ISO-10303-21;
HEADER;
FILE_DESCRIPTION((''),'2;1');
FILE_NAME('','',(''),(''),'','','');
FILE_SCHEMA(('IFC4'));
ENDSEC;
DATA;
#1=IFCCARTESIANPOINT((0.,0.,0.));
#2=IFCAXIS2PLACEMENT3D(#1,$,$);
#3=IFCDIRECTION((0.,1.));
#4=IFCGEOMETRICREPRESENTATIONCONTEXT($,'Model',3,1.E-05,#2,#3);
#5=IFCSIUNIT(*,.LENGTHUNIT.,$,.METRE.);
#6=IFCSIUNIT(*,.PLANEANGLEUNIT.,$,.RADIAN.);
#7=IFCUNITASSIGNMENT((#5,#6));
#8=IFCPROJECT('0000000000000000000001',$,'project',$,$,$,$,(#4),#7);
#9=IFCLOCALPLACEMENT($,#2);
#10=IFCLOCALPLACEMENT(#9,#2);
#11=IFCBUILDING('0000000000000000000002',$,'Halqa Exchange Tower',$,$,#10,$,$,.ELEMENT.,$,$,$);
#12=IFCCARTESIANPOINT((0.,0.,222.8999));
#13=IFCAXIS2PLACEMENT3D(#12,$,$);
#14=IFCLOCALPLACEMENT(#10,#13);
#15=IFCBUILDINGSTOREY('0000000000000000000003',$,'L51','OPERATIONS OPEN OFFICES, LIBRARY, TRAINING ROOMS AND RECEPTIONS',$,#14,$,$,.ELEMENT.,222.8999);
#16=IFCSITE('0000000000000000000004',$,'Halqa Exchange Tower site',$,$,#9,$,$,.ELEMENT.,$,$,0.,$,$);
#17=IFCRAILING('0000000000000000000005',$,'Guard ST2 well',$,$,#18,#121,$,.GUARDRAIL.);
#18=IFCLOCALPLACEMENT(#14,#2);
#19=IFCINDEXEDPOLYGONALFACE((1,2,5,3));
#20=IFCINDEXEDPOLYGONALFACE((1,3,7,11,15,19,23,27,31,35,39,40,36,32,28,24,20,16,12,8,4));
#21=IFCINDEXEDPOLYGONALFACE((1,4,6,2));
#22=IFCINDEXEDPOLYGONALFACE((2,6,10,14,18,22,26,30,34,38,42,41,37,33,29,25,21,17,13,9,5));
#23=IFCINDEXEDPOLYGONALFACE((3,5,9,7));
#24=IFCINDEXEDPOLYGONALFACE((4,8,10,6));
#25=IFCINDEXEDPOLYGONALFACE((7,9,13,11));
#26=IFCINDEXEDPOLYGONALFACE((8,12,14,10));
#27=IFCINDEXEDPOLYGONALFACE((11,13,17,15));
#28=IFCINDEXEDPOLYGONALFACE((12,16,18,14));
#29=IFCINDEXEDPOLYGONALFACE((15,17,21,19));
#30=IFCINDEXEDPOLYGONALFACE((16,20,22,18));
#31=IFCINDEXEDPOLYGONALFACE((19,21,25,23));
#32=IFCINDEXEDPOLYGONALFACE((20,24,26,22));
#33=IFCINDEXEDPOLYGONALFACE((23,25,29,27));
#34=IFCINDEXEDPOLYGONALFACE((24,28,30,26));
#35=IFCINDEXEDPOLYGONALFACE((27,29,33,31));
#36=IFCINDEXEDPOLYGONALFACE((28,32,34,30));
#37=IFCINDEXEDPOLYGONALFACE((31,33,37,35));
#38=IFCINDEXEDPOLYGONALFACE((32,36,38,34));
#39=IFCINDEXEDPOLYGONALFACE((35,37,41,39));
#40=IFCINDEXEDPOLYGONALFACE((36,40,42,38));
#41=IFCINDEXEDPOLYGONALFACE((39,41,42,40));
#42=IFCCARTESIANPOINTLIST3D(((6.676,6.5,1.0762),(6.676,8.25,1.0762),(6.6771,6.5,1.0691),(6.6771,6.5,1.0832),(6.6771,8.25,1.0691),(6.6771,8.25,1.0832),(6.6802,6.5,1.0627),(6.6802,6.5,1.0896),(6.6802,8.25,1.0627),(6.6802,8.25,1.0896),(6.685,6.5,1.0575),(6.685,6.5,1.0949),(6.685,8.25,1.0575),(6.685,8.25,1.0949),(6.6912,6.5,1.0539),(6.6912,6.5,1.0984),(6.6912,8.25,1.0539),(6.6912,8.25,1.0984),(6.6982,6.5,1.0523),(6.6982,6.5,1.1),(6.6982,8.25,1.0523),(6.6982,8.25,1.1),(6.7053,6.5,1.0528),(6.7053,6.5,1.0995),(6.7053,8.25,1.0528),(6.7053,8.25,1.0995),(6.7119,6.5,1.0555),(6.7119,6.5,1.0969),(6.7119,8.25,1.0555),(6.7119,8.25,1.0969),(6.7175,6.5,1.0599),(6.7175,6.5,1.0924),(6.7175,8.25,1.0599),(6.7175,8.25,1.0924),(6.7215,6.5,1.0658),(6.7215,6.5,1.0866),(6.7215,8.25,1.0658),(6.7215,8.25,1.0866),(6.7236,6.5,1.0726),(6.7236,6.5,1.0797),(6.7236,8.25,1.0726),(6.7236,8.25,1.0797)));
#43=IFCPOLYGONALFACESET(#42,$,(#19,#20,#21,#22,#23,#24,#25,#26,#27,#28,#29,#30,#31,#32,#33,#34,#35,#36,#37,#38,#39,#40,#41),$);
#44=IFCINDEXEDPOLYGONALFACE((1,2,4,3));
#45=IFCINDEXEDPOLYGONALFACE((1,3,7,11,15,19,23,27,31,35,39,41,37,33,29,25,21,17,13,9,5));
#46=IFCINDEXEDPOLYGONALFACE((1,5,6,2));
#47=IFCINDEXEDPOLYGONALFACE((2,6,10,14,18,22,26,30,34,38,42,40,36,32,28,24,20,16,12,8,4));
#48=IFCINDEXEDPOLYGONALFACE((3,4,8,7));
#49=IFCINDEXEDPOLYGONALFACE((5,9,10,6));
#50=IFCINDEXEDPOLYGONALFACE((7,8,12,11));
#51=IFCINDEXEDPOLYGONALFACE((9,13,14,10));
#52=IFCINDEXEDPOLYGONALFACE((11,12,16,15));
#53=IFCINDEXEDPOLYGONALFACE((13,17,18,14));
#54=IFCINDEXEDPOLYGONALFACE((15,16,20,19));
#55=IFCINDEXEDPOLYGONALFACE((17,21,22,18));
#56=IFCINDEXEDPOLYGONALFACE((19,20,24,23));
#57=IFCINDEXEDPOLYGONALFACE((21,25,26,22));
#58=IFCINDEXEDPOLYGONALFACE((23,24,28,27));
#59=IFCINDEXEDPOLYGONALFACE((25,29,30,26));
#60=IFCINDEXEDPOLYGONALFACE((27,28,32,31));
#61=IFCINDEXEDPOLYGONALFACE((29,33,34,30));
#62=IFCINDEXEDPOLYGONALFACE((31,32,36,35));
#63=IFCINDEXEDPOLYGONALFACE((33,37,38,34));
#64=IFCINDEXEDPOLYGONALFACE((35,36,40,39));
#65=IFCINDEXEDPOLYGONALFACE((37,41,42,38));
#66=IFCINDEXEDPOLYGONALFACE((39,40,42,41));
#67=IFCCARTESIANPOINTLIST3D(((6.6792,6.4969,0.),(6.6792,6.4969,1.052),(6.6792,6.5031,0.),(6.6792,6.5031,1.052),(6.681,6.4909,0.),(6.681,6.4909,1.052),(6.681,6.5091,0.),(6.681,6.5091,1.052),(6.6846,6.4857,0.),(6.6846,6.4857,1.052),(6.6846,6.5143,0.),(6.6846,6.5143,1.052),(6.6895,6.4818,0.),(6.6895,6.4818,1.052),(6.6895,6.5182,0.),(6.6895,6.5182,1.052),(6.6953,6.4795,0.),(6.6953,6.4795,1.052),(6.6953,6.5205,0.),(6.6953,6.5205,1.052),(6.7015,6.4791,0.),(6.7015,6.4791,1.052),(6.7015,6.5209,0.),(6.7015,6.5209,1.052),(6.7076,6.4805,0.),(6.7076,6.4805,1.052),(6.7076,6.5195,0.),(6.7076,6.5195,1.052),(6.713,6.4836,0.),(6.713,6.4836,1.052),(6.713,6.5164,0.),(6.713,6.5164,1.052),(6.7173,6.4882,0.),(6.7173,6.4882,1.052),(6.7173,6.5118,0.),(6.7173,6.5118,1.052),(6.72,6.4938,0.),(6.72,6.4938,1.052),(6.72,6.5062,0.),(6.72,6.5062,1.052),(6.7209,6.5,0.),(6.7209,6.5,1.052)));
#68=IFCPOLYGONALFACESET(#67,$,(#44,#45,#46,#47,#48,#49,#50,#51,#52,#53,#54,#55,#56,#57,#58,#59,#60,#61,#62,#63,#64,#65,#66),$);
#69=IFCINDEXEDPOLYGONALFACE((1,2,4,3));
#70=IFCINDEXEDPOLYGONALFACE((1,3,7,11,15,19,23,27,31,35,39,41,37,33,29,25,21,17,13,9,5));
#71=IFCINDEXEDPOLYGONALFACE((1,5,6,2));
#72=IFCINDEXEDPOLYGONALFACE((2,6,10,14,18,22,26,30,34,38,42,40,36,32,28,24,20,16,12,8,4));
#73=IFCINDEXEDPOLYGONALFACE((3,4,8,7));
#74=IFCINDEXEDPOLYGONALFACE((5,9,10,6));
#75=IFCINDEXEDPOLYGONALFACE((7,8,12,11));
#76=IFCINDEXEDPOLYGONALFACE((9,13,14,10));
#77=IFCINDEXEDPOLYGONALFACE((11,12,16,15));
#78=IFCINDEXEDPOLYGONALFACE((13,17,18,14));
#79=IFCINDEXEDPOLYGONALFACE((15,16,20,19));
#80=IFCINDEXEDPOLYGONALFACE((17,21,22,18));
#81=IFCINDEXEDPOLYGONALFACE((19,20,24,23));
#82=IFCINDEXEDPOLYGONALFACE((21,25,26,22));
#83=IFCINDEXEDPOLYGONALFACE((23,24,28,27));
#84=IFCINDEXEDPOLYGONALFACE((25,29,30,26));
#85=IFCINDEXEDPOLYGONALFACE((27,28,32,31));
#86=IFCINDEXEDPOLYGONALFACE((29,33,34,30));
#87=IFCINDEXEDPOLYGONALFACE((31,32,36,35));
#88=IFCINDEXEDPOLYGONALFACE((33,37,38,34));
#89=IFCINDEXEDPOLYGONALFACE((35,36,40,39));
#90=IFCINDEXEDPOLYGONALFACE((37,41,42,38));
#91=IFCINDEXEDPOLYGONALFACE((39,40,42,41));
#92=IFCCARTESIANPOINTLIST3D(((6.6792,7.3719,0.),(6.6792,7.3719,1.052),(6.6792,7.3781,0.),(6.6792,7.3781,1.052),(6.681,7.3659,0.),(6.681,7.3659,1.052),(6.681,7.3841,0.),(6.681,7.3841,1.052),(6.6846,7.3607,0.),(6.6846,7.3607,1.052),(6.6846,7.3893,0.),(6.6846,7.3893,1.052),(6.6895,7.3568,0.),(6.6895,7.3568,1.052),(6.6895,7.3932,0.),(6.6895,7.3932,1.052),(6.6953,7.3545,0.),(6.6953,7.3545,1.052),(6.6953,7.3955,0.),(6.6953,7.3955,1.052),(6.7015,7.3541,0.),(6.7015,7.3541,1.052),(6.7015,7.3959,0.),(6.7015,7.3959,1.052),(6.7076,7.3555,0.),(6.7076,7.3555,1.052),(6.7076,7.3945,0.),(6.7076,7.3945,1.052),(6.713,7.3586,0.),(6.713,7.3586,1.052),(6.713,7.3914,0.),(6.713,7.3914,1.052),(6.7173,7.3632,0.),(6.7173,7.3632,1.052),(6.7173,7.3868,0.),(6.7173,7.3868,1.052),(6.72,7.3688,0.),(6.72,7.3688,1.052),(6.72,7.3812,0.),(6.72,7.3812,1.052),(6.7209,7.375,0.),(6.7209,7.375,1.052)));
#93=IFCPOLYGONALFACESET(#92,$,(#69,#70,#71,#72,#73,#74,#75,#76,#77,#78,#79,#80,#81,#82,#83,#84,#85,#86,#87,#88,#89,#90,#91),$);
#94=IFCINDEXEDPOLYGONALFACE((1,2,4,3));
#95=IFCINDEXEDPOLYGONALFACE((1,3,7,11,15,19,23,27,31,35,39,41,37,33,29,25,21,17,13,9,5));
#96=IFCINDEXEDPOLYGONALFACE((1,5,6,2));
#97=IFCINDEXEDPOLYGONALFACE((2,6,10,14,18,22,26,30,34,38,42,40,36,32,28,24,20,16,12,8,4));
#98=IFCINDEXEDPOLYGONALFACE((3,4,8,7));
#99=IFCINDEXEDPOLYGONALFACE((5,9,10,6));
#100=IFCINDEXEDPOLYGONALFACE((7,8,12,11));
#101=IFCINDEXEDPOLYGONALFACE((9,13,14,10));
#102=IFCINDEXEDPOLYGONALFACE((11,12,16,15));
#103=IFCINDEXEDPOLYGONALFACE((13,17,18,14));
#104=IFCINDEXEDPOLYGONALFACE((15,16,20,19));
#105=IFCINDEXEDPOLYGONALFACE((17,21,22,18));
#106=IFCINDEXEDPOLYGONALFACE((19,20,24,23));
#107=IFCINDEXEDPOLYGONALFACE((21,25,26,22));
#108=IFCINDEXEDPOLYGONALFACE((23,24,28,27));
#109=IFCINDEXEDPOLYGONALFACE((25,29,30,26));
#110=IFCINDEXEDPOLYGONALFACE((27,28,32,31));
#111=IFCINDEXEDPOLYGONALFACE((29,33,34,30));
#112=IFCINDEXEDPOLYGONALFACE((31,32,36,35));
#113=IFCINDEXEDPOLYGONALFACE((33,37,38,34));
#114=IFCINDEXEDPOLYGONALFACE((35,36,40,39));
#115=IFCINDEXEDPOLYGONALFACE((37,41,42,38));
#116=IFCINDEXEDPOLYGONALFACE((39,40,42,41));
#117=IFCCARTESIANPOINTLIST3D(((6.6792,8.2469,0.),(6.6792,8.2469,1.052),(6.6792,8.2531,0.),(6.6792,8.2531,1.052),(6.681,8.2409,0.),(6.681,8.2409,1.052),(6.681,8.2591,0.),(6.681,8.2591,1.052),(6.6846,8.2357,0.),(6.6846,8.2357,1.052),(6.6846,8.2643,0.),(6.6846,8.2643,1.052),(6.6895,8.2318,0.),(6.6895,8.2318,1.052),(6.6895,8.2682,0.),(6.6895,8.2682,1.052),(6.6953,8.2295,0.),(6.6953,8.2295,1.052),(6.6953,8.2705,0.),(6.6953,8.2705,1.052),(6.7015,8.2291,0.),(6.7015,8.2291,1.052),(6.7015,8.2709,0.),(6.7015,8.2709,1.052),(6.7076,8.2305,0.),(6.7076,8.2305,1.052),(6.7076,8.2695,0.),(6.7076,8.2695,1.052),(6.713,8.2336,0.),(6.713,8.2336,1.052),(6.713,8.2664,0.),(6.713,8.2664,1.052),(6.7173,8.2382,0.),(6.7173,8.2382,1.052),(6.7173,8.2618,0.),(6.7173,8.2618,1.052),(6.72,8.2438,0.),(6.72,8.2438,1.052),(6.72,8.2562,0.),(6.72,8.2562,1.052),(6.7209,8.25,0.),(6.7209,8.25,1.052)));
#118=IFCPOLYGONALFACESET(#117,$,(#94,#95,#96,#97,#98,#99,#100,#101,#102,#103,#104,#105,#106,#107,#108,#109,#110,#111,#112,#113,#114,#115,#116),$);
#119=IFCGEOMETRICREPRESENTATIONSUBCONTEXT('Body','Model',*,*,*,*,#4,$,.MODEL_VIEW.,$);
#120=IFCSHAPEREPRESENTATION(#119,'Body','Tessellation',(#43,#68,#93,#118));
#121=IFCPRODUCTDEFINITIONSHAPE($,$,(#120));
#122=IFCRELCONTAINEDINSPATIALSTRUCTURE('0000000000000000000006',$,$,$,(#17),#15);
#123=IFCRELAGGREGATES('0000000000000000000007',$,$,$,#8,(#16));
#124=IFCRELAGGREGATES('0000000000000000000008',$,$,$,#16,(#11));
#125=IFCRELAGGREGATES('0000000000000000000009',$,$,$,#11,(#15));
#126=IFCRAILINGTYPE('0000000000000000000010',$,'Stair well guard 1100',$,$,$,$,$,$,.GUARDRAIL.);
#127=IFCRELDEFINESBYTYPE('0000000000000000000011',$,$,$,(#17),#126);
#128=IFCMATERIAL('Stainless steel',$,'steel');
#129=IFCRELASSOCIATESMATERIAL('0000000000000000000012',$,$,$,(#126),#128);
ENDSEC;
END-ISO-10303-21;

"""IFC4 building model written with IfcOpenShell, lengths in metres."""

from ifc_helpers import new_model, si_unit, direction, frame, origin, origin_2d, place, context, subcontext, project, spatial, circle, extrude, material, type_object, element, save


model = new_model("IFC4")

# Units and contexts
model_context = context("Model", 3, precision=1e-05, world=origin(), true_north=direction((0.0, 1.0)))
body_context = subcontext(model_context, "Body", "Model", "MODEL_VIEW")
ifc_project = project(units=[si_unit("LENGTHUNIT", "METRE"), si_unit("PLANEANGLEUNIT", "RADIAN")], contexts=[model_context])

# Site, building, storey
site_placement = place(None, origin())
site = spatial("IfcSite", under=ifc_project, at=site_placement, Name="Halqa Exchange Tower site", CompositionType="ELEMENT", RefElevation=0.0)
building_placement = place(site_placement, origin())
building = spatial("IfcBuilding", under=site, at=building_placement, Name="Halqa Exchange Tower", CompositionType="ELEMENT")
storey_placement = place(building_placement, frame((0.0, 0.0, 222.8999)))
storey = spatial("IfcBuildingStorey", under=building, at=storey_placement, Name="L51", Description="OPERATIONS OPEN OFFICES, LIBRARY, TRAINING ROOMS AND RECEPTIONS", CompositionType="ELEMENT", Elevation=222.8999)

# Railing
ifc_material_1 = material(Name="Stainless steel", Category="steel")
railing_type_1 = type_object("IfcRailingType", Name="Stair well guard 1100", PredefinedType="GUARDRAIL", material=ifc_material_1)
railing_1_placement = place(storey_placement, frame((6.7, 6.5, 0.0)))
element("IfcRailing", 1, at=railing_1_placement, inside=storey, type_object=railing_type_1, Name="Guard ST2 well", PredefinedType="GUARDRAIL", context=body_context, shape_type="SweptSolid", body=[
    extrude(circle(Radius=0.0239, at=origin_2d()), frame((0.0, 0.0, 1.0762), z_axis=(0.0, 1.0, 0.0), x_axis=(-1.0, 0.0, 0.0)), (0.0, 0.0, 1.0), 1.75),
    extrude(circle(Radius=0.021, at=origin_2d()), origin(), (0.0, 0.0, 1.0), 1.052),
    extrude(circle(Radius=0.021, at=origin_2d()), frame((0.0, 0.875, 0.0)), (0.0, 0.0, 1.0), 1.052),
    extrude(circle(Radius=0.021, at=origin_2d()), frame((0.0, 1.75, 0.0)), (0.0, 0.0, 1.0), 1.052),
])

save(model, "model.ifc")
